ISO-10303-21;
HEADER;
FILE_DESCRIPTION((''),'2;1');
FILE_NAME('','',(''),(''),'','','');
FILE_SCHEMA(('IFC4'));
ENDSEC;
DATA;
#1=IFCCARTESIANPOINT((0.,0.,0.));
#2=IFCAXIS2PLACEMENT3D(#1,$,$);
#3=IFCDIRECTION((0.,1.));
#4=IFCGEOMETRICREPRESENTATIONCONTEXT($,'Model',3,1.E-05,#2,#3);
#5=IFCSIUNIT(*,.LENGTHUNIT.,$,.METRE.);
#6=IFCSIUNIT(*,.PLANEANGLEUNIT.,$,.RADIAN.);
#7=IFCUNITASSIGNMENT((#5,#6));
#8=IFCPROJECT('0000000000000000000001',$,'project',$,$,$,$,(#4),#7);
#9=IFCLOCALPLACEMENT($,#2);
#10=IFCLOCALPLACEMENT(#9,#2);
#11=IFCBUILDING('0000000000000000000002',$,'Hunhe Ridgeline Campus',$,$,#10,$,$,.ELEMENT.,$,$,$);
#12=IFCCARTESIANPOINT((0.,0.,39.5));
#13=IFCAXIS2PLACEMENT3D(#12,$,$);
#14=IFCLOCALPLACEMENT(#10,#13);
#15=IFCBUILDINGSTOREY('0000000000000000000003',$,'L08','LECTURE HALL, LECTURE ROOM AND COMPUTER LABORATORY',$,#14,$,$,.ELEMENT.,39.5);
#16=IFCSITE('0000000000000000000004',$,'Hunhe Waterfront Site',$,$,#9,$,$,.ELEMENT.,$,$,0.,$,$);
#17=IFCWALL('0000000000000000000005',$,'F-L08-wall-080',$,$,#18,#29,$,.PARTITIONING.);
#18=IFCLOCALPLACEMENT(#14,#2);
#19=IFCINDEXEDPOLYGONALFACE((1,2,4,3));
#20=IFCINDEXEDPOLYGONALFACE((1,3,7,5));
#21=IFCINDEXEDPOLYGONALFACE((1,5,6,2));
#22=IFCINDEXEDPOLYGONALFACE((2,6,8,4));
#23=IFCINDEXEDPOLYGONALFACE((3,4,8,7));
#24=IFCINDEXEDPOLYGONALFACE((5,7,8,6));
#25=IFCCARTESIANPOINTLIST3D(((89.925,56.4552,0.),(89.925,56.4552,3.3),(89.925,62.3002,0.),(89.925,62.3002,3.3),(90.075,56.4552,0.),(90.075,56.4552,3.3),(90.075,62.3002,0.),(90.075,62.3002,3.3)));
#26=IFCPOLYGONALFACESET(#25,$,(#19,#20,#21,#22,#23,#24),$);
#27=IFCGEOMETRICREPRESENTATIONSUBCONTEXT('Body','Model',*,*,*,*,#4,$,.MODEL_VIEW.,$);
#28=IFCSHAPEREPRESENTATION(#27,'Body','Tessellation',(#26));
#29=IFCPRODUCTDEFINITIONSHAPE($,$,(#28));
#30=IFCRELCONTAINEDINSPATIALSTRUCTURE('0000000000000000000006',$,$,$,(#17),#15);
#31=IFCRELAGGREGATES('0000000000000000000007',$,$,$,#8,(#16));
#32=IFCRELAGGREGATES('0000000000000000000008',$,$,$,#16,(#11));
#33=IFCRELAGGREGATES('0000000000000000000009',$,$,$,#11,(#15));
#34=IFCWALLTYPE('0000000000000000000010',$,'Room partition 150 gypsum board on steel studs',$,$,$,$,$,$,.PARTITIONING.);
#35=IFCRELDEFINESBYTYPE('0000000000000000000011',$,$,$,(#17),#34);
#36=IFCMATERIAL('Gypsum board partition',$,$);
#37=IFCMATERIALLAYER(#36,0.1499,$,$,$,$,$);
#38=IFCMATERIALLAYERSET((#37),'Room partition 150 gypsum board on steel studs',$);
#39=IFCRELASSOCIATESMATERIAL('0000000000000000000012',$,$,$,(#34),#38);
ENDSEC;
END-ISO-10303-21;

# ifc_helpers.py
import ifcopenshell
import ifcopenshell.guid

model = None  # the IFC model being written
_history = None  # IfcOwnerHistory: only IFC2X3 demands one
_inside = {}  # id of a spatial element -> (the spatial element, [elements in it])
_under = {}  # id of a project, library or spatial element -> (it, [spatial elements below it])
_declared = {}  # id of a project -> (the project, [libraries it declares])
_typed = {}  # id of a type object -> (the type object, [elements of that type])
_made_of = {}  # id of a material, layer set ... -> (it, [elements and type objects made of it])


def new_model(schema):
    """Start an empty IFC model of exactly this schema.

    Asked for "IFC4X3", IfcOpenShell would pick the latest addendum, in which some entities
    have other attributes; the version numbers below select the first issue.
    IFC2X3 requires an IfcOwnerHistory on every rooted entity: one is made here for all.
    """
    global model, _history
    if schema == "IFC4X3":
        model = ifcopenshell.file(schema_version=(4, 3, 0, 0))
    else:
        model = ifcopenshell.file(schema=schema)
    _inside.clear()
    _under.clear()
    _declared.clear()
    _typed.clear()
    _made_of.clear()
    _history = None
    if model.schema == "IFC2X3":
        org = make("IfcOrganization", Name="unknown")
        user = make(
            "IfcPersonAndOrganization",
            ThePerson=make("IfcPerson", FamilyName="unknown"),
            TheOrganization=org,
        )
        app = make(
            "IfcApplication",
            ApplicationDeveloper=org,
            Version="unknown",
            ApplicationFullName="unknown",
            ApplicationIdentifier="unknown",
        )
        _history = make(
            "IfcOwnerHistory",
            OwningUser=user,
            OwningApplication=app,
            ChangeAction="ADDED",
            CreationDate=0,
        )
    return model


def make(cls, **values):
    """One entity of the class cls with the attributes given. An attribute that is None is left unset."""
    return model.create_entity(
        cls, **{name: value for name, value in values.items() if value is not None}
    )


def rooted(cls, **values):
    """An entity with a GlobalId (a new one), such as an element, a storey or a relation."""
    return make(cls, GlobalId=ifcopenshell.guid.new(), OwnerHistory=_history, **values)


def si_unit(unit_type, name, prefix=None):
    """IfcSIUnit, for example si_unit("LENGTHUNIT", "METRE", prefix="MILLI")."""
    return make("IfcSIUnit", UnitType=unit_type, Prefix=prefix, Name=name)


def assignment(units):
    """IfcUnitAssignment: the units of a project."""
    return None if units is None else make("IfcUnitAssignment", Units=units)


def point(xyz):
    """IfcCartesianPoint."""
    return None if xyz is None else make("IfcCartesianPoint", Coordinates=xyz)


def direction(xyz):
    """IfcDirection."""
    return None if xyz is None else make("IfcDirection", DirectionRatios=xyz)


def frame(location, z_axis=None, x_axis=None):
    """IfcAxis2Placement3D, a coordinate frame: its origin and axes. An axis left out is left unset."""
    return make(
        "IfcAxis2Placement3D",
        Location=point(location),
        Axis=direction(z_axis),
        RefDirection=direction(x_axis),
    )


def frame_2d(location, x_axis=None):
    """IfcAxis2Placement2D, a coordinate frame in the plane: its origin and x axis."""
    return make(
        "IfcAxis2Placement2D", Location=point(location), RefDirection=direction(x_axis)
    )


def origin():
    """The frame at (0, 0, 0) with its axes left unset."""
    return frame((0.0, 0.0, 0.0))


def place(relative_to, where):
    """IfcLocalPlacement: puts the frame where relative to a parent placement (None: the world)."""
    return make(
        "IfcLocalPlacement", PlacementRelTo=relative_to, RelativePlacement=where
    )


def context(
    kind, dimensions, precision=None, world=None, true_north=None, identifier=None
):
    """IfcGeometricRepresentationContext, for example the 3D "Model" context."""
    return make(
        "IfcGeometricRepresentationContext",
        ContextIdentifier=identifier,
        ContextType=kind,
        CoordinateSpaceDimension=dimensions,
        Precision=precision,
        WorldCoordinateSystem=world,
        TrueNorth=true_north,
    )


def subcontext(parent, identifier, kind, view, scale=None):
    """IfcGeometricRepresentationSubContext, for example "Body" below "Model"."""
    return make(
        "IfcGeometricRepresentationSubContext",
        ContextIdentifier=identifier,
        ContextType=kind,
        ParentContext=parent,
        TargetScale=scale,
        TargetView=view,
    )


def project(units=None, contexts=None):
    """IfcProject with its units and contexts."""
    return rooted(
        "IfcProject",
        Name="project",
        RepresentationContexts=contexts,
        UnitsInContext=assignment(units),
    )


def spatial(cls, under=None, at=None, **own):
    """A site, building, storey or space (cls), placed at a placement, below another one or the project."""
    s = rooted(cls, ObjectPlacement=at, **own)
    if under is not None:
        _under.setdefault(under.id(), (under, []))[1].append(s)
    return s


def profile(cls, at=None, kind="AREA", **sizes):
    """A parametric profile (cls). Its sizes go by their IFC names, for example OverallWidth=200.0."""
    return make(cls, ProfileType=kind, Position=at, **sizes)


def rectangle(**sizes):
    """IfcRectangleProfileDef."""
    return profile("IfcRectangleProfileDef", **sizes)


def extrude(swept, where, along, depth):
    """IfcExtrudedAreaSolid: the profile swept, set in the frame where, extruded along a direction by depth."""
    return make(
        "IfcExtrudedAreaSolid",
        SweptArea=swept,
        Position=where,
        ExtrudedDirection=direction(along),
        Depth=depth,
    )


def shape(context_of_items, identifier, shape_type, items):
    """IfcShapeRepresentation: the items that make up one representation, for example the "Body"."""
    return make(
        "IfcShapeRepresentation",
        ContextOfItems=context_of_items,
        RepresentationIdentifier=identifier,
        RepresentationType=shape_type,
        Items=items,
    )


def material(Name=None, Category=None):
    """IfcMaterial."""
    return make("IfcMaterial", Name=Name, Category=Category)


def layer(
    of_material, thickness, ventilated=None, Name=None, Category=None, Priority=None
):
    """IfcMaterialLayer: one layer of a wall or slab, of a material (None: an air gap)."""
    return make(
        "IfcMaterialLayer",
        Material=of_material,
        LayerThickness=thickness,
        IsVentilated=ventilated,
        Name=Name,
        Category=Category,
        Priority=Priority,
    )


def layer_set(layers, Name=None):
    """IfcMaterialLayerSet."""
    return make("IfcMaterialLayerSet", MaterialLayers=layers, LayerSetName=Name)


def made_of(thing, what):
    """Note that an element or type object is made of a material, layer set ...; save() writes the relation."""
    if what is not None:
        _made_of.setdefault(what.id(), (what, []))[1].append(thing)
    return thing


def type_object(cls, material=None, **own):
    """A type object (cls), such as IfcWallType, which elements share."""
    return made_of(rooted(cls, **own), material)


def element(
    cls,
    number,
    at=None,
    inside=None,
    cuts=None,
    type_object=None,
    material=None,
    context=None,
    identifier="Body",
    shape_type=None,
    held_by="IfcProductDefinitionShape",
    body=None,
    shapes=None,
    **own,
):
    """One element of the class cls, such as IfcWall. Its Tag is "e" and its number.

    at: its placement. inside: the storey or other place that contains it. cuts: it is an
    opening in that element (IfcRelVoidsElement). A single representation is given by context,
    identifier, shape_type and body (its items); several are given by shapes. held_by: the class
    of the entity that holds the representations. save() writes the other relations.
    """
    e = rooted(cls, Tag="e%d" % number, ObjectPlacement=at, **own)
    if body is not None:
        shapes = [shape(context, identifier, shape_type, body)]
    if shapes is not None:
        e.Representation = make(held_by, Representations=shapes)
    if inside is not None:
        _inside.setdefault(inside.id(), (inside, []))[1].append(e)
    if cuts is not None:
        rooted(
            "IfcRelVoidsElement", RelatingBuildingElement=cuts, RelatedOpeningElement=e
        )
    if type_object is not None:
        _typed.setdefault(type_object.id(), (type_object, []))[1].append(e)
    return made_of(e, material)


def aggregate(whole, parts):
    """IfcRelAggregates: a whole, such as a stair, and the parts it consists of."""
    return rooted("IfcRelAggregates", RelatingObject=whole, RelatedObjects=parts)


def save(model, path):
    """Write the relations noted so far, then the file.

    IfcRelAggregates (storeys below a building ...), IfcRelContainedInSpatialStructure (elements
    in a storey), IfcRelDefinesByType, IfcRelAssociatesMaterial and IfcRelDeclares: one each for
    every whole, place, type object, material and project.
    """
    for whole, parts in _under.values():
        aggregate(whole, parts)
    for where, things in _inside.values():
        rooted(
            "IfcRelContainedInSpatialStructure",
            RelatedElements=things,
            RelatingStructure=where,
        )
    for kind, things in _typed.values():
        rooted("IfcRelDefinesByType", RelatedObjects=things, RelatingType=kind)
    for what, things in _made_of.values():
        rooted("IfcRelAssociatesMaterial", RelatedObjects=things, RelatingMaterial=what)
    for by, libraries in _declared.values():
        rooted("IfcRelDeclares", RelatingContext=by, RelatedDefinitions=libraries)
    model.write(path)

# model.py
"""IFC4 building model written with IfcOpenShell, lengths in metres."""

from ifc_helpers import new_model, si_unit, direction, frame, frame_2d, origin, place, context, subcontext, project, spatial, rectangle, extrude, material, layer, layer_set, type_object, element, save


model = new_model("IFC4")

# Units and contexts
model_context = context("Model", 3, precision=1e-05, world=origin(), true_north=direction((0.0, 1.0)))
body_context = subcontext(model_context, "Body", "Model", "MODEL_VIEW")
ifc_project = project(units=[si_unit("LENGTHUNIT", "METRE"), si_unit("PLANEANGLEUNIT", "RADIAN")], contexts=[model_context])

# Site, building, storey
site_placement = place(None, origin())
site = spatial("IfcSite", under=ifc_project, at=site_placement, Name="Hunhe Waterfront Site", CompositionType="ELEMENT", RefElevation=0.0)
building_placement = place(site_placement, origin())
building = spatial("IfcBuilding", under=site, at=building_placement, Name="Hunhe Ridgeline Campus", CompositionType="ELEMENT")
storey_placement = place(building_placement, frame((0.0, 0.0, 39.5)))
storey = spatial("IfcBuildingStorey", under=building, at=storey_placement, Name="L08", Description="LECTURE HALL, LECTURE ROOM AND COMPUTER LABORATORY", CompositionType="ELEMENT", Elevation=39.5)

# Wall
ifc_material_1 = material(Name="Gypsum board partition")
ifc_layer_1 = layer(ifc_material_1, 0.1499)
ifc_layer_set_1 = layer_set([ifc_layer_1], Name="Room partition 150 gypsum board on steel studs")
wall_type_1 = type_object("IfcWallType", Name="Room partition 150 gypsum board on steel studs", PredefinedType="PARTITIONING", material=ifc_layer_set_1)
wall_1_placement = place(storey_placement, frame((90.0, 62.3, 0.0), z_axis=(0.0, 0.0, 1.0), x_axis=(0.0, -1.0, 0.0)))
element("IfcWall", 1, at=wall_1_placement, inside=storey, type_object=wall_type_1, Name="F-L08-wall-080", PredefinedType="PARTITIONING", context=body_context, shape_type="SweptSolid", body=[
    extrude(rectangle(XDim=5.845, YDim=0.1499, at=frame_2d((2.9224, 0.0))), origin(), (0.0, 0.0, 1.0), 3.3),
])

save(model, "model.ifc")
